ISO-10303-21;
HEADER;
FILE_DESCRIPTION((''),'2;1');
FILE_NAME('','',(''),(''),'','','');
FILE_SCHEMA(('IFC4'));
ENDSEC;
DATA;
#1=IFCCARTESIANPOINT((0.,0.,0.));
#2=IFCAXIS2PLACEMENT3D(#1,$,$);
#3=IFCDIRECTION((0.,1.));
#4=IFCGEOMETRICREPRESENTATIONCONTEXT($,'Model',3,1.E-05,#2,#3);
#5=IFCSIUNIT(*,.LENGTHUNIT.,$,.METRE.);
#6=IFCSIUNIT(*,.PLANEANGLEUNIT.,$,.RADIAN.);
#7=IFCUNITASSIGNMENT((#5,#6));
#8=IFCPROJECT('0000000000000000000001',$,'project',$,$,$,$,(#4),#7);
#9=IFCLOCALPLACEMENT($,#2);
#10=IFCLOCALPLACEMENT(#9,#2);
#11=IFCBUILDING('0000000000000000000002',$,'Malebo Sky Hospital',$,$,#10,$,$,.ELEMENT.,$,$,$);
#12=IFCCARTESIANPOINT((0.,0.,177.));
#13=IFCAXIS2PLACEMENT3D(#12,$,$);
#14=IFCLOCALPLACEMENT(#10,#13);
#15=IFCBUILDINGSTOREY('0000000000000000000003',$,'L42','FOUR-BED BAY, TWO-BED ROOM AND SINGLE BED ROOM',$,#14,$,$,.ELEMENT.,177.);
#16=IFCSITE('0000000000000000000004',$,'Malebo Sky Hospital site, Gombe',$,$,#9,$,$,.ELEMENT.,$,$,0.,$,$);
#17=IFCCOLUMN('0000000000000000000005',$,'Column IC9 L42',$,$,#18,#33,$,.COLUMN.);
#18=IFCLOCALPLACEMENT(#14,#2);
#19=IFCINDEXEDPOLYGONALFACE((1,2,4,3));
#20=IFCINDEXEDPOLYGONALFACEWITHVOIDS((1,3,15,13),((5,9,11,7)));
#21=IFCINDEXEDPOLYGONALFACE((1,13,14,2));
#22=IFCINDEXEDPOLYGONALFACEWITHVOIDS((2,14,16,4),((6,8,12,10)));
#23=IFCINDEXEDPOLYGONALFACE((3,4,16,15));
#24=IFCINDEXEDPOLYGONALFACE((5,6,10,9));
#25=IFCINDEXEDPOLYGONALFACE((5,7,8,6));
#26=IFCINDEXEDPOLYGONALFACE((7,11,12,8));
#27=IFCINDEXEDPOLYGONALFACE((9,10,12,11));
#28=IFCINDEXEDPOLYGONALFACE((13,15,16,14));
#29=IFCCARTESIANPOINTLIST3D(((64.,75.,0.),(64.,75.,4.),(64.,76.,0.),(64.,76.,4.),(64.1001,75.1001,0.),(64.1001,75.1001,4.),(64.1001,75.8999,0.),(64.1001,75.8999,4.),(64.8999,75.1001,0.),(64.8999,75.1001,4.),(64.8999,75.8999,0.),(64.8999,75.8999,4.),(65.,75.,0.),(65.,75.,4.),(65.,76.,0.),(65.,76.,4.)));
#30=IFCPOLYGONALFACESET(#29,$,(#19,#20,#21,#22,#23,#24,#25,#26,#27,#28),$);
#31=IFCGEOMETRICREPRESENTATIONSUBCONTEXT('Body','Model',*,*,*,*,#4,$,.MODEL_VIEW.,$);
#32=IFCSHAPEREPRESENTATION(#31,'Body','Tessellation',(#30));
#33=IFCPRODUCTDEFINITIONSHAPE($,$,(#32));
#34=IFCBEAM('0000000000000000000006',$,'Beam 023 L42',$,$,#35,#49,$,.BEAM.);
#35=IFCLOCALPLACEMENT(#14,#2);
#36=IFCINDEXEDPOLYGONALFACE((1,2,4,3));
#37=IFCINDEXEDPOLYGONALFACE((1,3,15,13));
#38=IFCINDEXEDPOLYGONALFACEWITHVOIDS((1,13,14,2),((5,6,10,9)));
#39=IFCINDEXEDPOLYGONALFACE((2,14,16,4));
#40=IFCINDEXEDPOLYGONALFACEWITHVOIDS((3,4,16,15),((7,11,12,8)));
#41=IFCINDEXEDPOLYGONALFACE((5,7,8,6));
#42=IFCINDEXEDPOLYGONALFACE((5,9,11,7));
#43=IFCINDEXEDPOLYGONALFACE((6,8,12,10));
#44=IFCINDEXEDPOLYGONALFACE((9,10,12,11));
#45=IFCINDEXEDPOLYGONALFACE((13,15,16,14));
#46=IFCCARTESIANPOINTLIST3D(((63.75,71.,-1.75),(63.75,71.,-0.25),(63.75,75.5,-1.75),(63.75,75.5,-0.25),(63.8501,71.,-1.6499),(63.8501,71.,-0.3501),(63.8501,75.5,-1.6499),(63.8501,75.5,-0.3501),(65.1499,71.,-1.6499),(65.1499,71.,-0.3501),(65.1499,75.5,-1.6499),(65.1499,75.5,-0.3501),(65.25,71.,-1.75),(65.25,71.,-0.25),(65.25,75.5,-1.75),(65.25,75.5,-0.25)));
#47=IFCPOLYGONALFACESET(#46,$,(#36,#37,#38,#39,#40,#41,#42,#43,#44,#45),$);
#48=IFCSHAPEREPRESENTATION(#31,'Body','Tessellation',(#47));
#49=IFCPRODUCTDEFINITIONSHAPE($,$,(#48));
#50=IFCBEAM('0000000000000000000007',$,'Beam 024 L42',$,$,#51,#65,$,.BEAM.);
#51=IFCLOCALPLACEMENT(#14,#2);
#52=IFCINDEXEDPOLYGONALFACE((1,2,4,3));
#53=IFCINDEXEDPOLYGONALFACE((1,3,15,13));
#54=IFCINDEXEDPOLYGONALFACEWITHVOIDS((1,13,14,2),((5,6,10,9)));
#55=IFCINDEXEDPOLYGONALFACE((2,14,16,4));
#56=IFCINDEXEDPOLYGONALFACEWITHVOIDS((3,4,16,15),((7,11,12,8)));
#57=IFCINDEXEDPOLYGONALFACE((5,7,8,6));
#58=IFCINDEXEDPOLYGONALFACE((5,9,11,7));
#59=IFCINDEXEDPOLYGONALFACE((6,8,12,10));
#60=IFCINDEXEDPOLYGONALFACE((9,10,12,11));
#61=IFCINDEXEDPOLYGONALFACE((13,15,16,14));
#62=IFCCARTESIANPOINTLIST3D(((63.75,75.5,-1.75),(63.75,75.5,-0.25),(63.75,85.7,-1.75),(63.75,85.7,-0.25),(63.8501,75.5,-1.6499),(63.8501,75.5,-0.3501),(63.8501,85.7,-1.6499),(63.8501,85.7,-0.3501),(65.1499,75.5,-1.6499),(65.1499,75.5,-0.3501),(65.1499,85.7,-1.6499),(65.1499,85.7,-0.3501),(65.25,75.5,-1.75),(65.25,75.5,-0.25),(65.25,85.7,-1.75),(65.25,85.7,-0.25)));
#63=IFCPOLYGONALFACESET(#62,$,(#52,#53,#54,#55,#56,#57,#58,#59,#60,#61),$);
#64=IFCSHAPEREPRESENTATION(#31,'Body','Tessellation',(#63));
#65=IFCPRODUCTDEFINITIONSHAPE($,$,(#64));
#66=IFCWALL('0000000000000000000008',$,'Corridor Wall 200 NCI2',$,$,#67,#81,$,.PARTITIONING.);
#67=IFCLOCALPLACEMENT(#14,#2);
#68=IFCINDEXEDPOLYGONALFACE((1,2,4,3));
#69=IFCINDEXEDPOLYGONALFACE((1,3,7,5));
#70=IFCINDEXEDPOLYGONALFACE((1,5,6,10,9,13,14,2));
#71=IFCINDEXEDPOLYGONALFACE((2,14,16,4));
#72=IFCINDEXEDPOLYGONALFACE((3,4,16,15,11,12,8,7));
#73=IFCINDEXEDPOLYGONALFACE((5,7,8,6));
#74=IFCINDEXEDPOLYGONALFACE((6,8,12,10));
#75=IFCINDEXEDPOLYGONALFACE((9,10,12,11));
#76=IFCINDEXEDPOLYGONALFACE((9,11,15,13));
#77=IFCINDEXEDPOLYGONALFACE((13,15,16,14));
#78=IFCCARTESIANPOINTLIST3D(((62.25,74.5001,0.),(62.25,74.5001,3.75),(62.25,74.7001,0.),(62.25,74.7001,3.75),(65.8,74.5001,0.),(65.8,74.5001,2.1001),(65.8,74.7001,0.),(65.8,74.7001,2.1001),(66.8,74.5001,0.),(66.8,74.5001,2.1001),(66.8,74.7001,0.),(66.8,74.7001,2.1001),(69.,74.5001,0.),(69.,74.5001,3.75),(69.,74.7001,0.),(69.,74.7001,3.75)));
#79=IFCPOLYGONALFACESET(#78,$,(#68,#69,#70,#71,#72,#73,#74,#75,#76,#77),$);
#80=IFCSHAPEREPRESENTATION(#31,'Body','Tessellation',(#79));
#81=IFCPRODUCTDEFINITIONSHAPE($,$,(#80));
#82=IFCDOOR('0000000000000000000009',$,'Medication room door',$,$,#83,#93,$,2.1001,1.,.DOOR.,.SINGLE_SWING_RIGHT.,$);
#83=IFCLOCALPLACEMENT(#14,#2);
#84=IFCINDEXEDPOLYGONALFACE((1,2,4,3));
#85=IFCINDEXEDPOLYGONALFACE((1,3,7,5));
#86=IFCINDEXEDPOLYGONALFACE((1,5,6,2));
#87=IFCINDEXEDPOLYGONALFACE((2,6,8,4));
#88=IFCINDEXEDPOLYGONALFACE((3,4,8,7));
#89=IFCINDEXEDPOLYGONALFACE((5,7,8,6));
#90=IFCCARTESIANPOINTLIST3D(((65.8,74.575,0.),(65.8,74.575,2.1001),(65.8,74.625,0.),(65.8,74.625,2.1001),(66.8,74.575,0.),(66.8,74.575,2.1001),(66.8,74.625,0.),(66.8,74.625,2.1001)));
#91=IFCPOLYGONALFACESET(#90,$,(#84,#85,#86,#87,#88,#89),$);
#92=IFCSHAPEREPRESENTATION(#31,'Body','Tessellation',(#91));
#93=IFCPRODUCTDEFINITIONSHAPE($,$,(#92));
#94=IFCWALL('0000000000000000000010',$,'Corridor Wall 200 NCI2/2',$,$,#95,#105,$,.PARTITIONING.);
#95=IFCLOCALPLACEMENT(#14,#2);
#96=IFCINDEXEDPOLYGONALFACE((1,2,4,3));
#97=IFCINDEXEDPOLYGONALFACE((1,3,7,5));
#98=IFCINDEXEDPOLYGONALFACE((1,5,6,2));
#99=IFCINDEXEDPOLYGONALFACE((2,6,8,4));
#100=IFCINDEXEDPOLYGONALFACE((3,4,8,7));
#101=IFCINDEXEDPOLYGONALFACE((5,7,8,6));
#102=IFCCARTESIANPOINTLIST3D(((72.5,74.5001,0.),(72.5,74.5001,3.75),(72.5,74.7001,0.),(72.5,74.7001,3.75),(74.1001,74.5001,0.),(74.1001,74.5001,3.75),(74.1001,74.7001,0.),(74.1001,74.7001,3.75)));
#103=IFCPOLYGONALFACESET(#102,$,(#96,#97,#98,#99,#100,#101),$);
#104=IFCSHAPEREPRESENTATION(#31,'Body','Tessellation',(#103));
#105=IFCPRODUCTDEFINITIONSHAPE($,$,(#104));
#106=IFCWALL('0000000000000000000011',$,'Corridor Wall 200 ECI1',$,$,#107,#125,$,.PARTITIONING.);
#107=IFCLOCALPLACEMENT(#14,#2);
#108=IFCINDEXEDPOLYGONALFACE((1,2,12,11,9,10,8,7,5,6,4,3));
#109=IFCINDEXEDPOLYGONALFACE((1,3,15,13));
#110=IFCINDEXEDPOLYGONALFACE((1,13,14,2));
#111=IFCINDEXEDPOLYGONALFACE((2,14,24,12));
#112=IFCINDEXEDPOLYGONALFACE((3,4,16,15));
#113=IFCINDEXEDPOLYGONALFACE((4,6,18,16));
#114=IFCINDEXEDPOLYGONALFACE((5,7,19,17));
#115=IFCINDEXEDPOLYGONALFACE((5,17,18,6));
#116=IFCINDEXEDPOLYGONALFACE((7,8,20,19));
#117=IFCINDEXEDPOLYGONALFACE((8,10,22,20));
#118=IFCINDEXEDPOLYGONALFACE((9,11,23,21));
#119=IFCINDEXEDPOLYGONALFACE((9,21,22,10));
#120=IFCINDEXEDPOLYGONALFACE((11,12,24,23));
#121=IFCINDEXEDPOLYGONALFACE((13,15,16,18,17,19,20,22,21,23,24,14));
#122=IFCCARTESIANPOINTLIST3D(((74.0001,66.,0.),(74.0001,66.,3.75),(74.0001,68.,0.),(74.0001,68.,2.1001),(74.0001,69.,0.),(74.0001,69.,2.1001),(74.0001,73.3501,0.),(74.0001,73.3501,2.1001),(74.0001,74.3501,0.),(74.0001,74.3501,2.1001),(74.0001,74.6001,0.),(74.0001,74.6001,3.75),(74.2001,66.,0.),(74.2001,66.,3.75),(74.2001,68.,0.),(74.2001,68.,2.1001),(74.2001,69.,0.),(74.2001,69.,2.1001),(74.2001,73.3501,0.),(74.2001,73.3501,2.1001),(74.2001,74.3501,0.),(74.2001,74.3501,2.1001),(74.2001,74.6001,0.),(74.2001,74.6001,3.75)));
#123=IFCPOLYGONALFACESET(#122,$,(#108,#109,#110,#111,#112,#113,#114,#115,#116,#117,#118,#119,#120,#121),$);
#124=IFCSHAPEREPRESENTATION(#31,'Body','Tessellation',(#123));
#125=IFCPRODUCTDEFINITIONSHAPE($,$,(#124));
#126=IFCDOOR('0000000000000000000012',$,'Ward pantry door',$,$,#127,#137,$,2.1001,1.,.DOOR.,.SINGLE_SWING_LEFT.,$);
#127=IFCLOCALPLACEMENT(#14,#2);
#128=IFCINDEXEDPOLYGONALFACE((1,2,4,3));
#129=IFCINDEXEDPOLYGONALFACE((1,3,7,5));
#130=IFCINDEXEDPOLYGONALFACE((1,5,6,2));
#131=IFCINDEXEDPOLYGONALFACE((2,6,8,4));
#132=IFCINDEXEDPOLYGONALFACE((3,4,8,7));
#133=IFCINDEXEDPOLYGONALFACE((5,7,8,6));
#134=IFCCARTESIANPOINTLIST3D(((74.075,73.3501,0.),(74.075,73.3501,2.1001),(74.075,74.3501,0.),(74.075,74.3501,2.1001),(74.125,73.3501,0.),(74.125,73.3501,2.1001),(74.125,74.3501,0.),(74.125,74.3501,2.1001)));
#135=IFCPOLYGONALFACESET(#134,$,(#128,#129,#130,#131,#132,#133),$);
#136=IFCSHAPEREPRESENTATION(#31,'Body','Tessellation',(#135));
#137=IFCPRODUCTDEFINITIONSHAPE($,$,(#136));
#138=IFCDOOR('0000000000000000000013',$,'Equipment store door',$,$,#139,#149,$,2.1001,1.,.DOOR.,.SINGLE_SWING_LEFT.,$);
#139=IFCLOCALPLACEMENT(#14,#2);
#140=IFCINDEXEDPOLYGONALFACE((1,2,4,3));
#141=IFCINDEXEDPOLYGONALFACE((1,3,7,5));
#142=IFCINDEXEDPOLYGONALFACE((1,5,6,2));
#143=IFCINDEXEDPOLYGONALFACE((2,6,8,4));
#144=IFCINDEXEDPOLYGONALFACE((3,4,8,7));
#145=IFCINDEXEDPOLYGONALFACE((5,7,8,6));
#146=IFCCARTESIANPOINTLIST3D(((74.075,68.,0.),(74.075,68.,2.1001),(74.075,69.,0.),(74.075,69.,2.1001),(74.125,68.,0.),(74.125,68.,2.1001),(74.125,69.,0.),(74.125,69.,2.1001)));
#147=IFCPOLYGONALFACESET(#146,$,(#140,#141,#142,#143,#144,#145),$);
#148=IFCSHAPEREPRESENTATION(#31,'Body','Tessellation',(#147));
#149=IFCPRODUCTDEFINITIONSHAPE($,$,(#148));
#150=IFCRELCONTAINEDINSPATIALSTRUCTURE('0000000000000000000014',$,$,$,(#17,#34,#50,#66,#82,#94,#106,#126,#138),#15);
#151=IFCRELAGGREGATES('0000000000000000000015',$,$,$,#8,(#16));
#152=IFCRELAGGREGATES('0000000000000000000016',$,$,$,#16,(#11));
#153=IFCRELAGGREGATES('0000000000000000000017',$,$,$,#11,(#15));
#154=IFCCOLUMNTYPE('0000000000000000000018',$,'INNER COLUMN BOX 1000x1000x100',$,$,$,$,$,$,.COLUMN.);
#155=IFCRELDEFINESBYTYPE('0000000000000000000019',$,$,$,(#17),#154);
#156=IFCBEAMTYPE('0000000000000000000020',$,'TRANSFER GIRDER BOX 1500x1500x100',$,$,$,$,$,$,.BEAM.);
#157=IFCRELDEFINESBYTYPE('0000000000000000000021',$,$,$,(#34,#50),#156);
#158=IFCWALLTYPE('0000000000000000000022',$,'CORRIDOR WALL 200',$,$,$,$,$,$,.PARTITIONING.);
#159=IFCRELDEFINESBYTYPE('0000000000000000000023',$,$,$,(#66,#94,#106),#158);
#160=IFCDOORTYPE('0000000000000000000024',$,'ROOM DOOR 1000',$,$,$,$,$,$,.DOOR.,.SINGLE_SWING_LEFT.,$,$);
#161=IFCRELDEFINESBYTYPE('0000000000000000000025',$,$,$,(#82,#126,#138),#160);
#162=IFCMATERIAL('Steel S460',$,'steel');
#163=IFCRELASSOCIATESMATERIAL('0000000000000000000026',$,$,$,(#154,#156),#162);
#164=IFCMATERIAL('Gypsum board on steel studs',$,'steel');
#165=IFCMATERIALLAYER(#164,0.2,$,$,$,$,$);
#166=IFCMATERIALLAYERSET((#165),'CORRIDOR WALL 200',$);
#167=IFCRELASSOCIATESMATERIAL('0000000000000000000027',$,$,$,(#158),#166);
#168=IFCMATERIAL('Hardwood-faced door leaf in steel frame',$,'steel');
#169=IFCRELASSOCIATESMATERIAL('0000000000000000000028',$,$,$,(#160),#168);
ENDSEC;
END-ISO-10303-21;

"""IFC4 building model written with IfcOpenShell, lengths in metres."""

from ifc_helpers import new_model, si_unit, direction, frame, frame_2d, origin, origin_2d, place, context, subcontext, project, spatial, rectangle, hollow_rectangle, extrude, material, layer, layer_set, material_profile, profile_set, type_object, element, fill, save


model = new_model("IFC4")

# Units and contexts
model_context = context("Model", 3, precision=1e-05, world=origin(), true_north=direction((0.0, 1.0)))
body_context = subcontext(model_context, "Body", "Model", "MODEL_VIEW")
ifc_project = project(units=[si_unit("LENGTHUNIT", "METRE"), si_unit("PLANEANGLEUNIT", "RADIAN")], contexts=[model_context])

# Site, building, storey
site_placement = place(None, origin())
site = spatial("IfcSite", under=ifc_project, at=site_placement, Name="Malebo Sky Hospital site, Gombe", CompositionType="ELEMENT", RefElevation=0.0)
building_placement = place(site_placement, origin())
building = spatial("IfcBuilding", under=site, at=building_placement, Name="Malebo Sky Hospital", CompositionType="ELEMENT")
storey_placement = place(building_placement, frame((0.0, 0.0, 177.0)))
storey = spatial("IfcBuildingStorey", under=building, at=storey_placement, Name="L42", Description="FOUR-BED BAY, TWO-BED ROOM AND SINGLE BED ROOM", CompositionType="ELEMENT", Elevation=177.0)

# Column
ifc_material_1 = material(Name="Steel S460", Category="steel")
ifc_material_profile_1 = material_profile(ifc_material_1, hollow_rectangle(XDim=1.0, YDim=1.0, WallThickness=0.1001, at=origin_2d()), Name="BOX 1000x1000x100")
ifc_profile_set_1 = profile_set([ifc_material_profile_1], Name="Steel S460")
column_type = type_object("IfcColumnType", Name="INNER COLUMN BOX 1000x1000x100", PredefinedType="COLUMN", material=ifc_profile_set_1)
column_placement = place(storey_placement, frame((64.5, 75.5, 0.0), z_axis=(0.0, 0.0, 1.0), x_axis=(1.0, 0.0, 0.0)))
element("IfcColumn", 1, at=column_placement, inside=storey, type_object=column_type, Name="Column IC9 L42", PredefinedType="COLUMN", context=body_context, shape_type="SweptSolid", body=[
    extrude(hollow_rectangle(XDim=1.0, YDim=1.0, WallThickness=0.1001, at=origin_2d()), origin(), (0.0, 0.0, 1.0), 4.0),
])

# Beams
ifc_material_profile_2 = material_profile(ifc_material_1, hollow_rectangle(XDim=1.5, YDim=1.5, WallThickness=0.1001, at=origin_2d()), Name="BOX 1500x1500x100")
ifc_profile_set_2 = profile_set([ifc_material_profile_2], Name="Steel S460")
beam_type = type_object("IfcBeamType", Name="TRANSFER GIRDER BOX 1500x1500x100", PredefinedType="BEAM", material=ifc_profile_set_2)
beam_1_placement = place(storey_placement, frame((64.5, 71.0, -1.0), z_axis=(0.0, 1.0, 0.0), x_axis=(-1.0, 0.0, 0.0)))
element("IfcBeam", 2, at=beam_1_placement, inside=storey, type_object=beam_type, Name="Beam 023 L42", PredefinedType="BEAM", context=body_context, shape_type="SweptSolid", body=[
    extrude(hollow_rectangle(XDim=1.5, YDim=1.5, WallThickness=0.1001, at=origin_2d()), origin(), (0.0, 0.0, 1.0), 4.5),
])
beam_2_placement = place(storey_placement, frame((64.5, 75.5, -1.0), z_axis=(0.0, 1.0, 0.0), x_axis=(-1.0, 0.0, 0.0)))
element("IfcBeam", 3, at=beam_2_placement, inside=storey, type_object=beam_type, Name="Beam 024 L42", PredefinedType="BEAM", context=body_context, shape_type="SweptSolid", body=[
    extrude(hollow_rectangle(XDim=1.5, YDim=1.5, WallThickness=0.1001, at=origin_2d()), origin(), (0.0, 0.0, 1.0), 10.2),
])

# Wall, opening, door
ifc_material_2 = material(Name="Gypsum board on steel studs", Category="steel")
ifc_layer_1 = layer(ifc_material_2, 0.2)
ifc_layer_set_1 = layer_set([ifc_layer_1], Name="CORRIDOR WALL 200")
wall_type_1 = type_object("IfcWallType", Name="CORRIDOR WALL 200", PredefinedType="PARTITIONING", material=ifc_layer_set_1)
wall_1_placement = place(storey_placement, frame((62.25, 74.6001, 0.0), z_axis=(0.0, 0.0, 1.0), x_axis=(1.0, 0.0, 0.0)))
wall_1 = element("IfcWall", 4, at=wall_1_placement, inside=storey, type_object=wall_type_1, Name="Corridor Wall 200 NCI2", PredefinedType="PARTITIONING", context=body_context, shape_type="SweptSolid", body=[
    extrude(rectangle(XDim=6.75, YDim=0.2, at=frame_2d((3.375, 0.0))), origin(), (0.0, 0.0, 1.0), 3.75),
])
opening_1_placement = place(wall_1_placement, frame((3.55, 0.0, 0.0)))
opening_1 = element("IfcOpeningElement", 5, at=opening_1_placement, cuts=wall_1, PredefinedType="OPENING", context=body_context, shape_type="SweptSolid", body=[
    extrude(rectangle(XDim=1.0, YDim=2.1001, at=frame_2d((0.5, 1.05))), frame((0.0, 0.1099, 0.0), z_axis=(0.0, -1.0, 0.0), x_axis=(1.0, 0.0, 0.0)), (0.0, 0.0, 1.0), 0.22),
])
ifc_material_3 = material(Name="Hardwood-faced door leaf in steel frame", Category="steel")
door_type_1 = type_object("IfcDoorType", Name="ROOM DOOR 1000", OperationType="SINGLE_SWING_LEFT", PredefinedType="DOOR", material=ifc_material_3)
door_1_placement = place(opening_1_placement, origin())
door_1 = element("IfcDoor", 6, at=door_1_placement, inside=storey, type_object=door_type_1, Name="Medication room door", OperationType="SINGLE_SWING_RIGHT", OverallHeight=2.1001, OverallWidth=1.0, PredefinedType="DOOR", context=body_context, shape_type="SweptSolid", body=[
    extrude(rectangle(XDim=1.0, YDim=2.1001, at=frame_2d((0.5, 1.05))), frame((0.0, 0.0249, 0.0), z_axis=(0.0, -1.0, 0.0), x_axis=(1.0, 0.0, 0.0)), (0.0, 0.0, 1.0), 0.05),
])
fill(opening_1, door_1)

# Wall
wall_2_placement = place(storey_placement, frame((72.5, 74.6001, 0.0), z_axis=(0.0, 0.0, 1.0), x_axis=(1.0, 0.0, 0.0)))
element("IfcWall", 7, at=wall_2_placement, inside=storey, type_object=wall_type_1, Name="Corridor Wall 200 NCI2/2", PredefinedType="PARTITIONING", context=body_context, shape_type="SweptSolid", body=[
    extrude(rectangle(XDim=1.6001, YDim=0.2, at=frame_2d((0.8, 0.0))), origin(), (0.0, 0.0, 1.0), 3.75),
])

# Wall, openings, doors
wall_3_placement = place(storey_placement, frame((74.1001, 74.6001, 0.0), z_axis=(0.0, 0.0, 1.0), x_axis=(0.0, -1.0, 0.0)))
wall_3 = element("IfcWall", 8, at=wall_3_placement, inside=storey, type_object=wall_type_1, Name="Corridor Wall 200 ECI1", PredefinedType="PARTITIONING", context=body_context, shape_type="SweptSolid", body=[
    extrude(rectangle(XDim=8.6001, YDim=0.2, at=frame_2d((4.3, 0.0))), origin(), (0.0, 0.0, 1.0), 3.75),
])
opening_2_placement = place(wall_3_placement, frame((0.25, 0.0, 0.0)))
opening_2 = element("IfcOpeningElement", 9, at=opening_2_placement, cuts=wall_3, PredefinedType="OPENING", context=body_context, shape_type="SweptSolid", body=[
    extrude(rectangle(XDim=1.0, YDim=2.1001, at=frame_2d((0.5, 1.05))), frame((0.0, 0.1099, 0.0), z_axis=(0.0, -1.0, 0.0), x_axis=(1.0, 0.0, 0.0)), (0.0, 0.0, 1.0), 0.22),
])
opening_3_placement = place(wall_3_placement, frame((5.6001, 0.0, 0.0)))
opening_3 = element("IfcOpeningElement", 10, at=opening_3_placement, cuts=wall_3, PredefinedType="OPENING", context=body_context, shape_type="SweptSolid", body=[
    extrude(rectangle(XDim=1.0, YDim=2.1001, at=frame_2d((0.5, 1.05))), frame((0.0, 0.1099, 0.0), z_axis=(0.0, -1.0, 0.0), x_axis=(1.0, 0.0, 0.0)), (0.0, 0.0, 1.0), 0.22),
])
door_2_placement = place(opening_2_placement, origin())
door_2 = element("IfcDoor", 11, at=door_2_placement, inside=storey, type_object=door_type_1, Name="Ward pantry door", OperationType="SINGLE_SWING_LEFT", OverallHeight=2.1001, OverallWidth=1.0, PredefinedType="DOOR", context=body_context, shape_type="SweptSolid", body=[
    extrude(rectangle(XDim=1.0, YDim=2.1001, at=frame_2d((0.5, 1.05))), frame((0.0, 0.0249, 0.0), z_axis=(0.0, -1.0, 0.0), x_axis=(1.0, 0.0, 0.0)), (0.0, 0.0, 1.0), 0.05),
])
fill(opening_2, door_2)
door_3_placement = place(opening_3_placement, origin())
door_3 = element("IfcDoor", 12, at=door_3_placement, inside=storey, type_object=door_type_1, Name="Equipment store door", OperationType="SINGLE_SWING_LEFT", OverallHeight=2.1001, OverallWidth=1.0, PredefinedType="DOOR", context=body_context, shape_type="SweptSolid", body=[
    extrude(rectangle(XDim=1.0, YDim=2.1001, at=frame_2d((0.5, 1.05))), frame((0.0, 0.0249, 0.0), z_axis=(0.0, -1.0, 0.0), x_axis=(1.0, 0.0, 0.0)), (0.0, 0.0, 1.0), 0.05),
])
fill(opening_3, door_3)

save(model, "model.ifc")
